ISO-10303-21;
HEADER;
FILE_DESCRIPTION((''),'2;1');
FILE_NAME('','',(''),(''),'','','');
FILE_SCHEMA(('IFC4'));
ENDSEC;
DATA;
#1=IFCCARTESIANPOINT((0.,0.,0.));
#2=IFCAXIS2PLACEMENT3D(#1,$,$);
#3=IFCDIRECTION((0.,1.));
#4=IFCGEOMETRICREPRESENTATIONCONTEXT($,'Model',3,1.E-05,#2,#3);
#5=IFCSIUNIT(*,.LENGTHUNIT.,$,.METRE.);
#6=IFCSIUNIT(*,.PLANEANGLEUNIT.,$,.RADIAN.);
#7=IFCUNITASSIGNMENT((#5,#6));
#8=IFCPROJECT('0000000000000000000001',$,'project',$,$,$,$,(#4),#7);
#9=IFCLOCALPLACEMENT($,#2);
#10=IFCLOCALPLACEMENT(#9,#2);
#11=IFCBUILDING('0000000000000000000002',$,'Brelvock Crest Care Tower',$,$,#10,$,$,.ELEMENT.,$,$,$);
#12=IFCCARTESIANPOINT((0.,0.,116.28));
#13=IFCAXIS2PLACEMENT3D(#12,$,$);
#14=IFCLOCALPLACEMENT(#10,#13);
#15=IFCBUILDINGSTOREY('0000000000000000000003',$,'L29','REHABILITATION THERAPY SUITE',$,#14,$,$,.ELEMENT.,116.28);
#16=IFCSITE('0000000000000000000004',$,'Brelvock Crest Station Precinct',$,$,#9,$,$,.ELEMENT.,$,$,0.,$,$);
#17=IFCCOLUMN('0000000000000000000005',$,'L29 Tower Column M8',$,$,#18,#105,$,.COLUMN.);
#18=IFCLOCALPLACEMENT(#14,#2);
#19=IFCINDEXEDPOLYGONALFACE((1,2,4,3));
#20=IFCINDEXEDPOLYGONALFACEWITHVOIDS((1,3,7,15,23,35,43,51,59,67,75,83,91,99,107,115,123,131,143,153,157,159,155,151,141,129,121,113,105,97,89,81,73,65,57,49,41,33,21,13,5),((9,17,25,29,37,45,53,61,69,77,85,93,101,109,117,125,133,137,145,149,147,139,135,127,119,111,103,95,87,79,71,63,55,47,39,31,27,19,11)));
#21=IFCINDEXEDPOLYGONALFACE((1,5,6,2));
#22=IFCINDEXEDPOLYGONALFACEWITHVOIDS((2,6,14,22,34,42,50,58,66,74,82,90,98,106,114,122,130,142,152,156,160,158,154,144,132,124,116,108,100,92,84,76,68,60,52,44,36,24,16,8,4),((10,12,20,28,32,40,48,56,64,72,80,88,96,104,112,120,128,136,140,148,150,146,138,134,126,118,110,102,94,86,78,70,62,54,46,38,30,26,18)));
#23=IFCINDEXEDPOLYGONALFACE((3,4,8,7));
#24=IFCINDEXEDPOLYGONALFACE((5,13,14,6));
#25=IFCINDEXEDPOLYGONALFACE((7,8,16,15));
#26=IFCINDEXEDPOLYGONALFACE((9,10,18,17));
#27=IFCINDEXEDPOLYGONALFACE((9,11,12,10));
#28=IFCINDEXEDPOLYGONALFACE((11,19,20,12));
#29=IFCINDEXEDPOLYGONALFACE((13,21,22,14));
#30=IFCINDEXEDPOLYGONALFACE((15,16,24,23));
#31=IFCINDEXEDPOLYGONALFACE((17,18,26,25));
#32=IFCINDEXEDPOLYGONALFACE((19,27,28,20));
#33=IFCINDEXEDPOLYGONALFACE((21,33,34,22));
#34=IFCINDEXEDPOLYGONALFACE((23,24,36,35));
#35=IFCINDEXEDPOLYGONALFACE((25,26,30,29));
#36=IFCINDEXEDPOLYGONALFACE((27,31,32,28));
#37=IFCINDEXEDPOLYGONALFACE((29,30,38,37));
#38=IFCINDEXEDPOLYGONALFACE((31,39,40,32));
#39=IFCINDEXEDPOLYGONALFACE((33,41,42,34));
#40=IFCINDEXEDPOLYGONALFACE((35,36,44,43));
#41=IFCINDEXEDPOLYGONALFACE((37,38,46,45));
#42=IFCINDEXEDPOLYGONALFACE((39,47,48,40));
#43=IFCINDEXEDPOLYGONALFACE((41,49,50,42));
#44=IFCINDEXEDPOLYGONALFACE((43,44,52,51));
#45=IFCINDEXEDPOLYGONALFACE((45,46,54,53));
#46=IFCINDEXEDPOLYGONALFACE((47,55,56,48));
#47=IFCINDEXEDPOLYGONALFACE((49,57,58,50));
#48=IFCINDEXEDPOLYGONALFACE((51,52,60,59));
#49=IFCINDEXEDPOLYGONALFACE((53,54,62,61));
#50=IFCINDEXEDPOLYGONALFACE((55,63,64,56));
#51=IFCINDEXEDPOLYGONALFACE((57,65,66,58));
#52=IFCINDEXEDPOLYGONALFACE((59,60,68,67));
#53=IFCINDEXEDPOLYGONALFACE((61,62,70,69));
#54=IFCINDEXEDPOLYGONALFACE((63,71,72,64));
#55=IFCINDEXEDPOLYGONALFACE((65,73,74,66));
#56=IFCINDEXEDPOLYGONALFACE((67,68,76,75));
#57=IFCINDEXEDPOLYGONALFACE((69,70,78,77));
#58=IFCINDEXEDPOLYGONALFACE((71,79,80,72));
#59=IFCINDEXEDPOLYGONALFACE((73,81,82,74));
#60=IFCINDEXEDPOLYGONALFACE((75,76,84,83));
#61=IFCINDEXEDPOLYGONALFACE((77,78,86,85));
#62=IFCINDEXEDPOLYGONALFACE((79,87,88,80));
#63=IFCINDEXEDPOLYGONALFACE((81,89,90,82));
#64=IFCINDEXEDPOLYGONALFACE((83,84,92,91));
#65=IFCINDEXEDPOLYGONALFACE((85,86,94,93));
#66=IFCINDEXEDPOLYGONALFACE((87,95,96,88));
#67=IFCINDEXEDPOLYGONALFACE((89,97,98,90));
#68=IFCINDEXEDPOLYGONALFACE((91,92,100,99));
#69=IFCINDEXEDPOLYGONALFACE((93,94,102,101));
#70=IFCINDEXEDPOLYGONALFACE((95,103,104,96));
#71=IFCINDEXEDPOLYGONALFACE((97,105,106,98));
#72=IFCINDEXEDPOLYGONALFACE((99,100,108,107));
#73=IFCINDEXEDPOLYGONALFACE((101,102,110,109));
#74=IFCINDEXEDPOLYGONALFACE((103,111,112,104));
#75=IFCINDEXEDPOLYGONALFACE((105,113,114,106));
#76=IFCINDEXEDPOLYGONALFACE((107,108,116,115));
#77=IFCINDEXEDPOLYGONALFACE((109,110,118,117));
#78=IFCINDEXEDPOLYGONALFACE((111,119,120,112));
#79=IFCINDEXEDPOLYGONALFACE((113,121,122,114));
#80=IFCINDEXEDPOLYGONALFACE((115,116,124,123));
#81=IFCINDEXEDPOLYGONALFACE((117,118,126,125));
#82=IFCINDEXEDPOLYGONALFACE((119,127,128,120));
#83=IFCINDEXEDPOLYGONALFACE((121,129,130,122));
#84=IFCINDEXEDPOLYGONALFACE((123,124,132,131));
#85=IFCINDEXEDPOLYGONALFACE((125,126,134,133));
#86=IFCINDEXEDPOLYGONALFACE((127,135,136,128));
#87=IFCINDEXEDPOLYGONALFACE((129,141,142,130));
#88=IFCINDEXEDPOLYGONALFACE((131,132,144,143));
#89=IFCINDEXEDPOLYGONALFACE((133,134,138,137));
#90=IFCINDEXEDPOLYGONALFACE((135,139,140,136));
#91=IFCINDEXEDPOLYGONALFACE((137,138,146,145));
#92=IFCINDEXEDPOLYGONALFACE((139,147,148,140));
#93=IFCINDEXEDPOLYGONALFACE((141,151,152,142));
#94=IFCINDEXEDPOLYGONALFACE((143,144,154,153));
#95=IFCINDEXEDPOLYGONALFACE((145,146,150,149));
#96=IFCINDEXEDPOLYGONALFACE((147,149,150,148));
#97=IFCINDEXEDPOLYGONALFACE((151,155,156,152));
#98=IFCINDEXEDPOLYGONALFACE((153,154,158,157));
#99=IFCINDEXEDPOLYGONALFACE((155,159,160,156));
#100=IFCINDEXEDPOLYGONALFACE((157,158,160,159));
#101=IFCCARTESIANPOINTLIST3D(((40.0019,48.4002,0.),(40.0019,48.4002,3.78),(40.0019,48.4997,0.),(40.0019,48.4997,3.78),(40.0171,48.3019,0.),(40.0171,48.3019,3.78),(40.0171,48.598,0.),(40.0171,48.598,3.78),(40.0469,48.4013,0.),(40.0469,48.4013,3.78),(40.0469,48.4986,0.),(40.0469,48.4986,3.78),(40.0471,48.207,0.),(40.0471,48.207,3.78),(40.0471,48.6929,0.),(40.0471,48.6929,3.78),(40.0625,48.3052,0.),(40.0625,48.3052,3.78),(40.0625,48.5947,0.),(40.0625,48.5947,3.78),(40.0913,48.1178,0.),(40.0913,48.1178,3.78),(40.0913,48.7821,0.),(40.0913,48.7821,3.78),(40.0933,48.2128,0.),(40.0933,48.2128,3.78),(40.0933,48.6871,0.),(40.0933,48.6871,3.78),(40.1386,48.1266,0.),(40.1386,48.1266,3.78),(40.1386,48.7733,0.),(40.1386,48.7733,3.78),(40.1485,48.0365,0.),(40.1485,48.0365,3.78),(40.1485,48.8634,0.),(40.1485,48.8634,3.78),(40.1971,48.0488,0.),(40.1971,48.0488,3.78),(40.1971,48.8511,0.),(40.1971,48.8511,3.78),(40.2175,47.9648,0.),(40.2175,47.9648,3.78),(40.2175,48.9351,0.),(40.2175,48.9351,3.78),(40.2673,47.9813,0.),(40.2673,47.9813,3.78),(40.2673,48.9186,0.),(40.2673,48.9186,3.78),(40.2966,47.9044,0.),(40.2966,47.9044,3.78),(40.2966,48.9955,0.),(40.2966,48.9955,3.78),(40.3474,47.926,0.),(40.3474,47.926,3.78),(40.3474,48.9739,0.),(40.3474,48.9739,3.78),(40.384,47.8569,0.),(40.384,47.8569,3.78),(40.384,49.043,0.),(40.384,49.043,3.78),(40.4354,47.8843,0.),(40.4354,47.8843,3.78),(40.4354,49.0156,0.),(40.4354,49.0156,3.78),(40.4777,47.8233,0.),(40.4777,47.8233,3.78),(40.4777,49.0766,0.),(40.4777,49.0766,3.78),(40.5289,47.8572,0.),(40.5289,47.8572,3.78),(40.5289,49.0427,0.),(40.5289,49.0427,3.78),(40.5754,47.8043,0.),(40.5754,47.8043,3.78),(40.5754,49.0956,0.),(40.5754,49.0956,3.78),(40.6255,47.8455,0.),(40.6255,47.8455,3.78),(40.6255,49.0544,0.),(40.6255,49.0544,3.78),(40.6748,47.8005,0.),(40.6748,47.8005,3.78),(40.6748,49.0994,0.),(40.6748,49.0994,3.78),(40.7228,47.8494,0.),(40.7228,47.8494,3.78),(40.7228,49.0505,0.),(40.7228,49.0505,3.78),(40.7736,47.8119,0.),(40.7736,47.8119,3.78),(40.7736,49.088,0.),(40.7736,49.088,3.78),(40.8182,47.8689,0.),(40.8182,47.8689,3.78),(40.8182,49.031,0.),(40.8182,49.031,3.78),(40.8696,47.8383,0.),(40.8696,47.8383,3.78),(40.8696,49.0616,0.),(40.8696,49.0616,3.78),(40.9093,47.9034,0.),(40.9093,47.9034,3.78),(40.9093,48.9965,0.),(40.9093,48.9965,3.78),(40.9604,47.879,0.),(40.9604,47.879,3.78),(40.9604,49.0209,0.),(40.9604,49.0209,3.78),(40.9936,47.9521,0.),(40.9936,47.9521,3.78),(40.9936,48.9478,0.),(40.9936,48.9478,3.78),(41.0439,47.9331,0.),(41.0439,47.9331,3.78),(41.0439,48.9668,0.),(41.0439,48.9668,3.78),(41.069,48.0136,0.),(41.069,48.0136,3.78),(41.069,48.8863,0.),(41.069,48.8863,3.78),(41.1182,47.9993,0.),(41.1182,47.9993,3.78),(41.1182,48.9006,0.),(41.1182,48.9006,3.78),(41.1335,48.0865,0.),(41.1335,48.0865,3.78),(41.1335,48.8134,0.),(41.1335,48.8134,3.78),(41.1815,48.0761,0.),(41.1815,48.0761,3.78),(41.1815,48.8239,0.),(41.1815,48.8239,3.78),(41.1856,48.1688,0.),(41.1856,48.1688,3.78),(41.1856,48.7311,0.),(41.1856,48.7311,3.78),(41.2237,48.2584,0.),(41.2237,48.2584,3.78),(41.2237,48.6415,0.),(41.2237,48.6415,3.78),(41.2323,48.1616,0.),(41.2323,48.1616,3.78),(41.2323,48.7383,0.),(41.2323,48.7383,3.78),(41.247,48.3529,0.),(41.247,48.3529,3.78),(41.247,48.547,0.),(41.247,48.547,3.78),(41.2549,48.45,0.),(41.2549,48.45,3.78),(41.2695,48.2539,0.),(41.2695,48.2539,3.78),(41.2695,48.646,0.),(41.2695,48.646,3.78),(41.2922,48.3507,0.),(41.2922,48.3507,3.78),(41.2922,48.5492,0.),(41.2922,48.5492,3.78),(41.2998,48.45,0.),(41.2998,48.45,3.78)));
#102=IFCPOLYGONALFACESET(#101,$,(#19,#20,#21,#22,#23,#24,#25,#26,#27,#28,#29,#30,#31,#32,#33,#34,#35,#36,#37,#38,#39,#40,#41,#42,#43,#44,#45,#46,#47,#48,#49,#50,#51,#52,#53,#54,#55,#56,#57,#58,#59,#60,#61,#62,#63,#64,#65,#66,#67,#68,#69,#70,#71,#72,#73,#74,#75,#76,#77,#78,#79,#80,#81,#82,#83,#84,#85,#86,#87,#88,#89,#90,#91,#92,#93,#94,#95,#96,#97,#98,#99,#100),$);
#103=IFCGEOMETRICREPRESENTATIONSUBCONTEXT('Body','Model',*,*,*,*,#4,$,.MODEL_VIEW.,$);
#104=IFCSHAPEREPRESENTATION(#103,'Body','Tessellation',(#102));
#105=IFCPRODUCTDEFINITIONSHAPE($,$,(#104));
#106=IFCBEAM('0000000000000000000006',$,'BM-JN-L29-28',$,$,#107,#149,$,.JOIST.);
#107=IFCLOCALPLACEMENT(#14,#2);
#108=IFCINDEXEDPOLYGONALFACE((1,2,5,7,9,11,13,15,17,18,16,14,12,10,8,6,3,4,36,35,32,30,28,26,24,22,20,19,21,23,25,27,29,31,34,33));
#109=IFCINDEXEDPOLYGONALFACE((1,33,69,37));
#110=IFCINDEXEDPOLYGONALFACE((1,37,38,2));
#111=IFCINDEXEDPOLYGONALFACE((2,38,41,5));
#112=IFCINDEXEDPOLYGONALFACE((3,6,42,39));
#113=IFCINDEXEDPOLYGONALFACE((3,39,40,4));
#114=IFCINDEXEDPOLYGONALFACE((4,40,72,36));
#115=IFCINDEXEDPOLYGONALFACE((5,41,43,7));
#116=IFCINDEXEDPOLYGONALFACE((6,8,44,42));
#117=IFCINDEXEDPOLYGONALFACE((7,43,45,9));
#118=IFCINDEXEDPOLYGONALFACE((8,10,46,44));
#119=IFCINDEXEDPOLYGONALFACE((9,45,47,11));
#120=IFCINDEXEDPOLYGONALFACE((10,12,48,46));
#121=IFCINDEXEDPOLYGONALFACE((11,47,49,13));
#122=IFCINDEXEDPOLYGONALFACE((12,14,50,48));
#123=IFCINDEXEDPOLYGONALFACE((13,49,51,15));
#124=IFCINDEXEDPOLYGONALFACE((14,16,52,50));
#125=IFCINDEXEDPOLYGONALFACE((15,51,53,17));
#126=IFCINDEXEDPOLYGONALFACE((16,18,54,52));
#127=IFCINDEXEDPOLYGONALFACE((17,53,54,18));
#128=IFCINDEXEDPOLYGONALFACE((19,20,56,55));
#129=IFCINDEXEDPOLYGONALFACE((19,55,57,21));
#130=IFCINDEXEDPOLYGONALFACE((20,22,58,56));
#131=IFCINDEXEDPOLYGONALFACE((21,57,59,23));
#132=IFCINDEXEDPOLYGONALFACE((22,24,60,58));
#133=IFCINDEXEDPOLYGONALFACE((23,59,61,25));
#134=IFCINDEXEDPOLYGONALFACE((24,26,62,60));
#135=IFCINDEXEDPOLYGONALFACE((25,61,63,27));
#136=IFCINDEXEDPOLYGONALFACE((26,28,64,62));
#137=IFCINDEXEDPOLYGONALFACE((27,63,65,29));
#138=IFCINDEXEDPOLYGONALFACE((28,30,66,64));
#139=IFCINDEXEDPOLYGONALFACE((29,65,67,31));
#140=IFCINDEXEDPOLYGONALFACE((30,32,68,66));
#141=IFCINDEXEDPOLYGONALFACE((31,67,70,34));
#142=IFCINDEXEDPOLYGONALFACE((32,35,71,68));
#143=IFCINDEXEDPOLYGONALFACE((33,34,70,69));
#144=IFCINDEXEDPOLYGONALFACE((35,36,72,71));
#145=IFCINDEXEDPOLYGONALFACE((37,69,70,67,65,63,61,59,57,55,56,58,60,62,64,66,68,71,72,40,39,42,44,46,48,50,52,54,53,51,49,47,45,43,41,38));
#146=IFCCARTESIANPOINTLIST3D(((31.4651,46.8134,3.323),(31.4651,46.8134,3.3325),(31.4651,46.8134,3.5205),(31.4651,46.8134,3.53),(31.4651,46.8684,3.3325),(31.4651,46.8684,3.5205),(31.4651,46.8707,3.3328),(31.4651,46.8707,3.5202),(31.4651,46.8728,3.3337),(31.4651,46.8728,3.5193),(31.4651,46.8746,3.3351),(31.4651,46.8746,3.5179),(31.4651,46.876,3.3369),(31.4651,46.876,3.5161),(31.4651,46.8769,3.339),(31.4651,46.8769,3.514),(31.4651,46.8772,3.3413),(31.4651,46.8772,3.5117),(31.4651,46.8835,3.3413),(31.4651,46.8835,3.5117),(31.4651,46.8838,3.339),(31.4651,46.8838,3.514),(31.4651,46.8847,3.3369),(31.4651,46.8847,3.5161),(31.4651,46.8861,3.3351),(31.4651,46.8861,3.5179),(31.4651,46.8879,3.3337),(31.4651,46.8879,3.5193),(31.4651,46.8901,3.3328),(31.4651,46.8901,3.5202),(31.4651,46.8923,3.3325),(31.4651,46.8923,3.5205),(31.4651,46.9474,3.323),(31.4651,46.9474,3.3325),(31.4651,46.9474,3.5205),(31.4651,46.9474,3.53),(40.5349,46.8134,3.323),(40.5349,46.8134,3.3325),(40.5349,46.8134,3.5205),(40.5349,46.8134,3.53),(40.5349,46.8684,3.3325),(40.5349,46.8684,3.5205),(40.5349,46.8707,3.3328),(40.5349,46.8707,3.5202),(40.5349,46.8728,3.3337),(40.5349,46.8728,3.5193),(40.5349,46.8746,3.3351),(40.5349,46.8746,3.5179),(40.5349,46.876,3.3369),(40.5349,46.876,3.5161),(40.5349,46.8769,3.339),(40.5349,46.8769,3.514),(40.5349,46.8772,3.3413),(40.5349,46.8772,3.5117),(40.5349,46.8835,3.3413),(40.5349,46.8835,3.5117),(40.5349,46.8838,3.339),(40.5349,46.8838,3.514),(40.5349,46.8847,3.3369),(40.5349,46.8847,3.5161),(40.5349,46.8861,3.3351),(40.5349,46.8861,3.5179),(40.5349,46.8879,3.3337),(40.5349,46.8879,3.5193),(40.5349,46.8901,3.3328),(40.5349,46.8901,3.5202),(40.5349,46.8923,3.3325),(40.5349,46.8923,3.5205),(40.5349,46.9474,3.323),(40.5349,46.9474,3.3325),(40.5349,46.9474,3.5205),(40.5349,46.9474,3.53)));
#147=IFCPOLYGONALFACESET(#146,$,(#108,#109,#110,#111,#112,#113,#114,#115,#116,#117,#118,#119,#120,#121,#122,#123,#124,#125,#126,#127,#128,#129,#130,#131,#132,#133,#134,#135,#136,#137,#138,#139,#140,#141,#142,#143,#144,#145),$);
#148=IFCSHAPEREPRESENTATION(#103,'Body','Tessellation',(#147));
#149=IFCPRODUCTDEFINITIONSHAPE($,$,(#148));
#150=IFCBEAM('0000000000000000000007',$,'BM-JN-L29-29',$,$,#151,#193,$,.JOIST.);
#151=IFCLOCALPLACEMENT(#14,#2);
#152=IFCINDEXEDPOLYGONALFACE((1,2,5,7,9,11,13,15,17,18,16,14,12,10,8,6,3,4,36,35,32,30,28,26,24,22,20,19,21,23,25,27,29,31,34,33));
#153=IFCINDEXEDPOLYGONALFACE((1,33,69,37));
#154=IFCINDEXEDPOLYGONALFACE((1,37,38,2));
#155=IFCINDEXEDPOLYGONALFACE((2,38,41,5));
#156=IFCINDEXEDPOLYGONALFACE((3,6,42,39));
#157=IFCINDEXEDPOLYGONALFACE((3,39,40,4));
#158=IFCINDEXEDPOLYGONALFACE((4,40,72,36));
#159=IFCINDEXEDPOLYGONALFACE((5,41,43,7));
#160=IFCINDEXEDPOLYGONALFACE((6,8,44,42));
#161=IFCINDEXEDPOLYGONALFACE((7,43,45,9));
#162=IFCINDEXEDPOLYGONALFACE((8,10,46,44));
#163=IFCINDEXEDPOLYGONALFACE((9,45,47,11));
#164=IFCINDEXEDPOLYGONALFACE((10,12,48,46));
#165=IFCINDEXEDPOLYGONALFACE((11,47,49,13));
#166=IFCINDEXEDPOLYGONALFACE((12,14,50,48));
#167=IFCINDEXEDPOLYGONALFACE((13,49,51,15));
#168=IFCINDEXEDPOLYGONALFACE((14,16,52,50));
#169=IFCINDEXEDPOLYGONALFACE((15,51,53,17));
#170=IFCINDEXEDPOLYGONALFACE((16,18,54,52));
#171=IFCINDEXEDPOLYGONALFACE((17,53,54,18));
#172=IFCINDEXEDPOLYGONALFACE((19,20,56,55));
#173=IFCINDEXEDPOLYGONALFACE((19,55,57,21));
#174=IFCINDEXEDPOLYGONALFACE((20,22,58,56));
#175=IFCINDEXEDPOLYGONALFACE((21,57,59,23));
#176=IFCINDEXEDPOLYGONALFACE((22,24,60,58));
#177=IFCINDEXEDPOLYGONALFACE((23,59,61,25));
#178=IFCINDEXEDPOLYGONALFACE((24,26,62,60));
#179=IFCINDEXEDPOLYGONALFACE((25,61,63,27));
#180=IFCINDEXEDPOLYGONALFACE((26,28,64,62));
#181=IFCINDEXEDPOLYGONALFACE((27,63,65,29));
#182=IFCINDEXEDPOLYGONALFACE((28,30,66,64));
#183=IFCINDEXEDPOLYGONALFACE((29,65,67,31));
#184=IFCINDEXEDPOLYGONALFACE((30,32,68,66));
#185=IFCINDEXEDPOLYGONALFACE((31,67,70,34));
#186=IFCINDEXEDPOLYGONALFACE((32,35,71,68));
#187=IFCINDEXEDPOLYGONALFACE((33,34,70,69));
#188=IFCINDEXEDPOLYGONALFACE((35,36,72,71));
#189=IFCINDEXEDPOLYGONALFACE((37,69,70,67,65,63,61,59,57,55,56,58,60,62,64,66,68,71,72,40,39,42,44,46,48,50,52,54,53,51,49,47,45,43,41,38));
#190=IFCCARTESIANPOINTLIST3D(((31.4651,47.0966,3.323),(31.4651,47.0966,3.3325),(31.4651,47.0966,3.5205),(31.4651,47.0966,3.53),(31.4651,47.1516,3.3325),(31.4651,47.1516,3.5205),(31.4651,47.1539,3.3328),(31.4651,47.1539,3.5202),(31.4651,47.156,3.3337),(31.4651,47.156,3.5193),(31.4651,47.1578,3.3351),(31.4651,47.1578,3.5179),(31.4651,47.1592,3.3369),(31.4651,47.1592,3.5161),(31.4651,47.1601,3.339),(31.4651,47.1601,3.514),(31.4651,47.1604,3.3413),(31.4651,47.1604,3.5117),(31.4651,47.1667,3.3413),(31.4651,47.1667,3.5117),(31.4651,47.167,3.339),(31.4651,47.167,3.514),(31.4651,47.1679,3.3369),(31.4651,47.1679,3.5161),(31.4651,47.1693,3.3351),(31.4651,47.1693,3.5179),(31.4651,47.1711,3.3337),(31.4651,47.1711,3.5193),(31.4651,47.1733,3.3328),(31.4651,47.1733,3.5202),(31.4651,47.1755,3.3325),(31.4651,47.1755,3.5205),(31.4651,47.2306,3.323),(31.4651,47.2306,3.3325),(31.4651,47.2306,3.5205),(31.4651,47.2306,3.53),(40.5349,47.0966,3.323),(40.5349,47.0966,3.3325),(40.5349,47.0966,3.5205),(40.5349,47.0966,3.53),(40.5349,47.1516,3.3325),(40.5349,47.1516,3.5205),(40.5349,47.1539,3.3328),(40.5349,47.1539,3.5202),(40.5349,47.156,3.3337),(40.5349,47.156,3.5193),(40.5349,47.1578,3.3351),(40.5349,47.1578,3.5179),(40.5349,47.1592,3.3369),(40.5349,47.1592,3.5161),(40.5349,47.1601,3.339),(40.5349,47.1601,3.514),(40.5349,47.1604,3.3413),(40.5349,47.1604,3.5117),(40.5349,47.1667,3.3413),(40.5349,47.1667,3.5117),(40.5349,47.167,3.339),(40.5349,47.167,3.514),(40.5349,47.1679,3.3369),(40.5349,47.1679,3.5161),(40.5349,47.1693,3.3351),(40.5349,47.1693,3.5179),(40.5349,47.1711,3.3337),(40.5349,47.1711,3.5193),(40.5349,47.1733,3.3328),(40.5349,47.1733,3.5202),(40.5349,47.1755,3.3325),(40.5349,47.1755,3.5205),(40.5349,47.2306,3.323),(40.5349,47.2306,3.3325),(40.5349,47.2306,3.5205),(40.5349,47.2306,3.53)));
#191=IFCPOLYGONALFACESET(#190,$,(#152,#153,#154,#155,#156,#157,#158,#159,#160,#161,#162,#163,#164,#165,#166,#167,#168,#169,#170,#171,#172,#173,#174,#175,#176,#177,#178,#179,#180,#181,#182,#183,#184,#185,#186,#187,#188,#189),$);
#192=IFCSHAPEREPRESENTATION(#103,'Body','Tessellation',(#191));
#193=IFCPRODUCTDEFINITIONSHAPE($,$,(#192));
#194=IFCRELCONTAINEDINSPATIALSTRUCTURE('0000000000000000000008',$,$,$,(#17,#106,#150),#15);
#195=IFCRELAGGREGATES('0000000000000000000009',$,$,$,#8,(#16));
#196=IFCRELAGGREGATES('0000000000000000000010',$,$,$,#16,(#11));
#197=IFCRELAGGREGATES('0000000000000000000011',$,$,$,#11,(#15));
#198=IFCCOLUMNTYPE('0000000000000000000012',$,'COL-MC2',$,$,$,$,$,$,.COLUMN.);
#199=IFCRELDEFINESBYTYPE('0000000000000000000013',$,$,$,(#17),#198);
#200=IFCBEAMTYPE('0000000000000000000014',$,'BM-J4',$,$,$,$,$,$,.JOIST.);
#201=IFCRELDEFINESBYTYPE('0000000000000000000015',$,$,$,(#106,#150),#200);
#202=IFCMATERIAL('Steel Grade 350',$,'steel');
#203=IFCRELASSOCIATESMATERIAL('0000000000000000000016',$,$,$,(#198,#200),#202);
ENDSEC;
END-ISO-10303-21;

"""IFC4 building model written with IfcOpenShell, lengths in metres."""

from ifc_helpers import new_model, si_unit, direction, frame, origin, origin_2d, place, context, subcontext, project, spatial, hollow_circle, i_section, extrude, source, transform, mapped, material, material_profile, profile_set, type_object, element, save


model = new_model("IFC4")

# Units and contexts
model_context = context("Model", 3, precision=1e-05, world=origin(), true_north=direction((0.0, 1.0)))
body_context = subcontext(model_context, "Body", "Model", "MODEL_VIEW")
ifc_project = project(units=[si_unit("LENGTHUNIT", "METRE"), si_unit("PLANEANGLEUNIT", "RADIAN")], contexts=[model_context])

# Site, building, storey
site_placement = place(None, origin())
site = spatial("IfcSite", under=ifc_project, at=site_placement, Name="Brelvock Crest Station Precinct", CompositionType="ELEMENT", RefElevation=0.0)
building_placement = place(site_placement, origin())
building = spatial("IfcBuilding", under=site, at=building_placement, Name="Brelvock Crest Care Tower", CompositionType="ELEMENT")
storey_placement = place(building_placement, frame((0.0, 0.0, 116.28)))
storey = spatial("IfcBuildingStorey", under=building, at=storey_placement, Name="L29", Description="REHABILITATION THERAPY SUITE", CompositionType="ELEMENT", Elevation=116.28)

# Column
ifc_material_1 = material(Name="Steel Grade 350", Category="steel")
ifc_material_profile_1 = material_profile(ifc_material_1, hollow_circle(Radius=0.6499, WallThickness=0.0449, at=origin_2d()), Name="CFT1300x45")
ifc_profile_set_1 = profile_set([ifc_material_profile_1], Name="Steel Grade 350")
column_type = type_object("IfcColumnType", Name="COL-MC2", PredefinedType="COLUMN", material=ifc_profile_set_1)
shared_shape_1 = source(origin(), body_context, "Body", "SweptSolid", [
    extrude(hollow_circle(Radius=0.6499, WallThickness=0.0449, at=origin_2d()), origin(), (0.0, 0.0, 1.0), 3.78),
])
column_placement = place(storey_placement, frame((40.6499, 48.45, 0.0), z_axis=(0.0, 0.0, 1.0), x_axis=(1.0, 0.0, 0.0)))
element("IfcColumn", 1, at=column_placement, inside=storey, type_object=column_type, Name="L29 Tower Column M8", PredefinedType="COLUMN", context=body_context, shape_type="MappedRepresentation", body=[
    mapped(shared_shape_1, transform((0.0, 0.0, 0.0), x_axis=(1.0, 0.0, 0.0), y_axis=(0.0, 1.0, 0.0), z_axis=(0.0, 0.0, 1.0), scale=1.0)),
])

# Beams
ifc_material_profile_2 = material_profile(ifc_material_1, i_section(OverallWidth=0.134, OverallDepth=0.207, WebThickness=0.0063, FlangeThickness=0.0095, FilletRadius=0.0088, at=origin_2d()), Name="200UB29.8")
ifc_profile_set_2 = profile_set([ifc_material_profile_2], Name="Steel Grade 350")
beam_type_1 = type_object("IfcBeamType", Name="BM-J4", PredefinedType="JOIST", material=ifc_profile_set_2)
shared_shape_2 = source(origin(), body_context, "Body", "SweptSolid", [
    extrude(i_section(OverallWidth=0.134, OverallDepth=0.207, WebThickness=0.0063, FlangeThickness=0.0095, FilletRadius=0.0088, at=origin_2d()), origin(), (0.0, 0.0, 1.0), 9.0698),
])
for number, where, z_axis, x_axis, name in (
    (2, (31.4651, 46.8804, 3.4265), (1.0, 0.0, 0.0), (0.0, 1.0, 0.0), "BM-JN-L29-28"),
    (3, (31.4651, 47.1636, 3.4265), (1.0, 0.0, 0.0), (0.0, 1.0, 0.0), "BM-JN-L29-29"),
):
    element("IfcBeam", number, at=place(storey_placement, frame(where, z_axis=z_axis, x_axis=x_axis)), inside=storey, type_object=beam_type_1, Name=name, PredefinedType="JOIST", context=body_context, shape_type="MappedRepresentation", body=[
        mapped(shared_shape_2, transform((0.0, 0.0, 0.0), x_axis=(1.0, 0.0, 0.0), y_axis=(0.0, 1.0, 0.0), z_axis=(0.0, 0.0, 1.0), scale=1.0)),
    ])

save(model, "model.ifc")
